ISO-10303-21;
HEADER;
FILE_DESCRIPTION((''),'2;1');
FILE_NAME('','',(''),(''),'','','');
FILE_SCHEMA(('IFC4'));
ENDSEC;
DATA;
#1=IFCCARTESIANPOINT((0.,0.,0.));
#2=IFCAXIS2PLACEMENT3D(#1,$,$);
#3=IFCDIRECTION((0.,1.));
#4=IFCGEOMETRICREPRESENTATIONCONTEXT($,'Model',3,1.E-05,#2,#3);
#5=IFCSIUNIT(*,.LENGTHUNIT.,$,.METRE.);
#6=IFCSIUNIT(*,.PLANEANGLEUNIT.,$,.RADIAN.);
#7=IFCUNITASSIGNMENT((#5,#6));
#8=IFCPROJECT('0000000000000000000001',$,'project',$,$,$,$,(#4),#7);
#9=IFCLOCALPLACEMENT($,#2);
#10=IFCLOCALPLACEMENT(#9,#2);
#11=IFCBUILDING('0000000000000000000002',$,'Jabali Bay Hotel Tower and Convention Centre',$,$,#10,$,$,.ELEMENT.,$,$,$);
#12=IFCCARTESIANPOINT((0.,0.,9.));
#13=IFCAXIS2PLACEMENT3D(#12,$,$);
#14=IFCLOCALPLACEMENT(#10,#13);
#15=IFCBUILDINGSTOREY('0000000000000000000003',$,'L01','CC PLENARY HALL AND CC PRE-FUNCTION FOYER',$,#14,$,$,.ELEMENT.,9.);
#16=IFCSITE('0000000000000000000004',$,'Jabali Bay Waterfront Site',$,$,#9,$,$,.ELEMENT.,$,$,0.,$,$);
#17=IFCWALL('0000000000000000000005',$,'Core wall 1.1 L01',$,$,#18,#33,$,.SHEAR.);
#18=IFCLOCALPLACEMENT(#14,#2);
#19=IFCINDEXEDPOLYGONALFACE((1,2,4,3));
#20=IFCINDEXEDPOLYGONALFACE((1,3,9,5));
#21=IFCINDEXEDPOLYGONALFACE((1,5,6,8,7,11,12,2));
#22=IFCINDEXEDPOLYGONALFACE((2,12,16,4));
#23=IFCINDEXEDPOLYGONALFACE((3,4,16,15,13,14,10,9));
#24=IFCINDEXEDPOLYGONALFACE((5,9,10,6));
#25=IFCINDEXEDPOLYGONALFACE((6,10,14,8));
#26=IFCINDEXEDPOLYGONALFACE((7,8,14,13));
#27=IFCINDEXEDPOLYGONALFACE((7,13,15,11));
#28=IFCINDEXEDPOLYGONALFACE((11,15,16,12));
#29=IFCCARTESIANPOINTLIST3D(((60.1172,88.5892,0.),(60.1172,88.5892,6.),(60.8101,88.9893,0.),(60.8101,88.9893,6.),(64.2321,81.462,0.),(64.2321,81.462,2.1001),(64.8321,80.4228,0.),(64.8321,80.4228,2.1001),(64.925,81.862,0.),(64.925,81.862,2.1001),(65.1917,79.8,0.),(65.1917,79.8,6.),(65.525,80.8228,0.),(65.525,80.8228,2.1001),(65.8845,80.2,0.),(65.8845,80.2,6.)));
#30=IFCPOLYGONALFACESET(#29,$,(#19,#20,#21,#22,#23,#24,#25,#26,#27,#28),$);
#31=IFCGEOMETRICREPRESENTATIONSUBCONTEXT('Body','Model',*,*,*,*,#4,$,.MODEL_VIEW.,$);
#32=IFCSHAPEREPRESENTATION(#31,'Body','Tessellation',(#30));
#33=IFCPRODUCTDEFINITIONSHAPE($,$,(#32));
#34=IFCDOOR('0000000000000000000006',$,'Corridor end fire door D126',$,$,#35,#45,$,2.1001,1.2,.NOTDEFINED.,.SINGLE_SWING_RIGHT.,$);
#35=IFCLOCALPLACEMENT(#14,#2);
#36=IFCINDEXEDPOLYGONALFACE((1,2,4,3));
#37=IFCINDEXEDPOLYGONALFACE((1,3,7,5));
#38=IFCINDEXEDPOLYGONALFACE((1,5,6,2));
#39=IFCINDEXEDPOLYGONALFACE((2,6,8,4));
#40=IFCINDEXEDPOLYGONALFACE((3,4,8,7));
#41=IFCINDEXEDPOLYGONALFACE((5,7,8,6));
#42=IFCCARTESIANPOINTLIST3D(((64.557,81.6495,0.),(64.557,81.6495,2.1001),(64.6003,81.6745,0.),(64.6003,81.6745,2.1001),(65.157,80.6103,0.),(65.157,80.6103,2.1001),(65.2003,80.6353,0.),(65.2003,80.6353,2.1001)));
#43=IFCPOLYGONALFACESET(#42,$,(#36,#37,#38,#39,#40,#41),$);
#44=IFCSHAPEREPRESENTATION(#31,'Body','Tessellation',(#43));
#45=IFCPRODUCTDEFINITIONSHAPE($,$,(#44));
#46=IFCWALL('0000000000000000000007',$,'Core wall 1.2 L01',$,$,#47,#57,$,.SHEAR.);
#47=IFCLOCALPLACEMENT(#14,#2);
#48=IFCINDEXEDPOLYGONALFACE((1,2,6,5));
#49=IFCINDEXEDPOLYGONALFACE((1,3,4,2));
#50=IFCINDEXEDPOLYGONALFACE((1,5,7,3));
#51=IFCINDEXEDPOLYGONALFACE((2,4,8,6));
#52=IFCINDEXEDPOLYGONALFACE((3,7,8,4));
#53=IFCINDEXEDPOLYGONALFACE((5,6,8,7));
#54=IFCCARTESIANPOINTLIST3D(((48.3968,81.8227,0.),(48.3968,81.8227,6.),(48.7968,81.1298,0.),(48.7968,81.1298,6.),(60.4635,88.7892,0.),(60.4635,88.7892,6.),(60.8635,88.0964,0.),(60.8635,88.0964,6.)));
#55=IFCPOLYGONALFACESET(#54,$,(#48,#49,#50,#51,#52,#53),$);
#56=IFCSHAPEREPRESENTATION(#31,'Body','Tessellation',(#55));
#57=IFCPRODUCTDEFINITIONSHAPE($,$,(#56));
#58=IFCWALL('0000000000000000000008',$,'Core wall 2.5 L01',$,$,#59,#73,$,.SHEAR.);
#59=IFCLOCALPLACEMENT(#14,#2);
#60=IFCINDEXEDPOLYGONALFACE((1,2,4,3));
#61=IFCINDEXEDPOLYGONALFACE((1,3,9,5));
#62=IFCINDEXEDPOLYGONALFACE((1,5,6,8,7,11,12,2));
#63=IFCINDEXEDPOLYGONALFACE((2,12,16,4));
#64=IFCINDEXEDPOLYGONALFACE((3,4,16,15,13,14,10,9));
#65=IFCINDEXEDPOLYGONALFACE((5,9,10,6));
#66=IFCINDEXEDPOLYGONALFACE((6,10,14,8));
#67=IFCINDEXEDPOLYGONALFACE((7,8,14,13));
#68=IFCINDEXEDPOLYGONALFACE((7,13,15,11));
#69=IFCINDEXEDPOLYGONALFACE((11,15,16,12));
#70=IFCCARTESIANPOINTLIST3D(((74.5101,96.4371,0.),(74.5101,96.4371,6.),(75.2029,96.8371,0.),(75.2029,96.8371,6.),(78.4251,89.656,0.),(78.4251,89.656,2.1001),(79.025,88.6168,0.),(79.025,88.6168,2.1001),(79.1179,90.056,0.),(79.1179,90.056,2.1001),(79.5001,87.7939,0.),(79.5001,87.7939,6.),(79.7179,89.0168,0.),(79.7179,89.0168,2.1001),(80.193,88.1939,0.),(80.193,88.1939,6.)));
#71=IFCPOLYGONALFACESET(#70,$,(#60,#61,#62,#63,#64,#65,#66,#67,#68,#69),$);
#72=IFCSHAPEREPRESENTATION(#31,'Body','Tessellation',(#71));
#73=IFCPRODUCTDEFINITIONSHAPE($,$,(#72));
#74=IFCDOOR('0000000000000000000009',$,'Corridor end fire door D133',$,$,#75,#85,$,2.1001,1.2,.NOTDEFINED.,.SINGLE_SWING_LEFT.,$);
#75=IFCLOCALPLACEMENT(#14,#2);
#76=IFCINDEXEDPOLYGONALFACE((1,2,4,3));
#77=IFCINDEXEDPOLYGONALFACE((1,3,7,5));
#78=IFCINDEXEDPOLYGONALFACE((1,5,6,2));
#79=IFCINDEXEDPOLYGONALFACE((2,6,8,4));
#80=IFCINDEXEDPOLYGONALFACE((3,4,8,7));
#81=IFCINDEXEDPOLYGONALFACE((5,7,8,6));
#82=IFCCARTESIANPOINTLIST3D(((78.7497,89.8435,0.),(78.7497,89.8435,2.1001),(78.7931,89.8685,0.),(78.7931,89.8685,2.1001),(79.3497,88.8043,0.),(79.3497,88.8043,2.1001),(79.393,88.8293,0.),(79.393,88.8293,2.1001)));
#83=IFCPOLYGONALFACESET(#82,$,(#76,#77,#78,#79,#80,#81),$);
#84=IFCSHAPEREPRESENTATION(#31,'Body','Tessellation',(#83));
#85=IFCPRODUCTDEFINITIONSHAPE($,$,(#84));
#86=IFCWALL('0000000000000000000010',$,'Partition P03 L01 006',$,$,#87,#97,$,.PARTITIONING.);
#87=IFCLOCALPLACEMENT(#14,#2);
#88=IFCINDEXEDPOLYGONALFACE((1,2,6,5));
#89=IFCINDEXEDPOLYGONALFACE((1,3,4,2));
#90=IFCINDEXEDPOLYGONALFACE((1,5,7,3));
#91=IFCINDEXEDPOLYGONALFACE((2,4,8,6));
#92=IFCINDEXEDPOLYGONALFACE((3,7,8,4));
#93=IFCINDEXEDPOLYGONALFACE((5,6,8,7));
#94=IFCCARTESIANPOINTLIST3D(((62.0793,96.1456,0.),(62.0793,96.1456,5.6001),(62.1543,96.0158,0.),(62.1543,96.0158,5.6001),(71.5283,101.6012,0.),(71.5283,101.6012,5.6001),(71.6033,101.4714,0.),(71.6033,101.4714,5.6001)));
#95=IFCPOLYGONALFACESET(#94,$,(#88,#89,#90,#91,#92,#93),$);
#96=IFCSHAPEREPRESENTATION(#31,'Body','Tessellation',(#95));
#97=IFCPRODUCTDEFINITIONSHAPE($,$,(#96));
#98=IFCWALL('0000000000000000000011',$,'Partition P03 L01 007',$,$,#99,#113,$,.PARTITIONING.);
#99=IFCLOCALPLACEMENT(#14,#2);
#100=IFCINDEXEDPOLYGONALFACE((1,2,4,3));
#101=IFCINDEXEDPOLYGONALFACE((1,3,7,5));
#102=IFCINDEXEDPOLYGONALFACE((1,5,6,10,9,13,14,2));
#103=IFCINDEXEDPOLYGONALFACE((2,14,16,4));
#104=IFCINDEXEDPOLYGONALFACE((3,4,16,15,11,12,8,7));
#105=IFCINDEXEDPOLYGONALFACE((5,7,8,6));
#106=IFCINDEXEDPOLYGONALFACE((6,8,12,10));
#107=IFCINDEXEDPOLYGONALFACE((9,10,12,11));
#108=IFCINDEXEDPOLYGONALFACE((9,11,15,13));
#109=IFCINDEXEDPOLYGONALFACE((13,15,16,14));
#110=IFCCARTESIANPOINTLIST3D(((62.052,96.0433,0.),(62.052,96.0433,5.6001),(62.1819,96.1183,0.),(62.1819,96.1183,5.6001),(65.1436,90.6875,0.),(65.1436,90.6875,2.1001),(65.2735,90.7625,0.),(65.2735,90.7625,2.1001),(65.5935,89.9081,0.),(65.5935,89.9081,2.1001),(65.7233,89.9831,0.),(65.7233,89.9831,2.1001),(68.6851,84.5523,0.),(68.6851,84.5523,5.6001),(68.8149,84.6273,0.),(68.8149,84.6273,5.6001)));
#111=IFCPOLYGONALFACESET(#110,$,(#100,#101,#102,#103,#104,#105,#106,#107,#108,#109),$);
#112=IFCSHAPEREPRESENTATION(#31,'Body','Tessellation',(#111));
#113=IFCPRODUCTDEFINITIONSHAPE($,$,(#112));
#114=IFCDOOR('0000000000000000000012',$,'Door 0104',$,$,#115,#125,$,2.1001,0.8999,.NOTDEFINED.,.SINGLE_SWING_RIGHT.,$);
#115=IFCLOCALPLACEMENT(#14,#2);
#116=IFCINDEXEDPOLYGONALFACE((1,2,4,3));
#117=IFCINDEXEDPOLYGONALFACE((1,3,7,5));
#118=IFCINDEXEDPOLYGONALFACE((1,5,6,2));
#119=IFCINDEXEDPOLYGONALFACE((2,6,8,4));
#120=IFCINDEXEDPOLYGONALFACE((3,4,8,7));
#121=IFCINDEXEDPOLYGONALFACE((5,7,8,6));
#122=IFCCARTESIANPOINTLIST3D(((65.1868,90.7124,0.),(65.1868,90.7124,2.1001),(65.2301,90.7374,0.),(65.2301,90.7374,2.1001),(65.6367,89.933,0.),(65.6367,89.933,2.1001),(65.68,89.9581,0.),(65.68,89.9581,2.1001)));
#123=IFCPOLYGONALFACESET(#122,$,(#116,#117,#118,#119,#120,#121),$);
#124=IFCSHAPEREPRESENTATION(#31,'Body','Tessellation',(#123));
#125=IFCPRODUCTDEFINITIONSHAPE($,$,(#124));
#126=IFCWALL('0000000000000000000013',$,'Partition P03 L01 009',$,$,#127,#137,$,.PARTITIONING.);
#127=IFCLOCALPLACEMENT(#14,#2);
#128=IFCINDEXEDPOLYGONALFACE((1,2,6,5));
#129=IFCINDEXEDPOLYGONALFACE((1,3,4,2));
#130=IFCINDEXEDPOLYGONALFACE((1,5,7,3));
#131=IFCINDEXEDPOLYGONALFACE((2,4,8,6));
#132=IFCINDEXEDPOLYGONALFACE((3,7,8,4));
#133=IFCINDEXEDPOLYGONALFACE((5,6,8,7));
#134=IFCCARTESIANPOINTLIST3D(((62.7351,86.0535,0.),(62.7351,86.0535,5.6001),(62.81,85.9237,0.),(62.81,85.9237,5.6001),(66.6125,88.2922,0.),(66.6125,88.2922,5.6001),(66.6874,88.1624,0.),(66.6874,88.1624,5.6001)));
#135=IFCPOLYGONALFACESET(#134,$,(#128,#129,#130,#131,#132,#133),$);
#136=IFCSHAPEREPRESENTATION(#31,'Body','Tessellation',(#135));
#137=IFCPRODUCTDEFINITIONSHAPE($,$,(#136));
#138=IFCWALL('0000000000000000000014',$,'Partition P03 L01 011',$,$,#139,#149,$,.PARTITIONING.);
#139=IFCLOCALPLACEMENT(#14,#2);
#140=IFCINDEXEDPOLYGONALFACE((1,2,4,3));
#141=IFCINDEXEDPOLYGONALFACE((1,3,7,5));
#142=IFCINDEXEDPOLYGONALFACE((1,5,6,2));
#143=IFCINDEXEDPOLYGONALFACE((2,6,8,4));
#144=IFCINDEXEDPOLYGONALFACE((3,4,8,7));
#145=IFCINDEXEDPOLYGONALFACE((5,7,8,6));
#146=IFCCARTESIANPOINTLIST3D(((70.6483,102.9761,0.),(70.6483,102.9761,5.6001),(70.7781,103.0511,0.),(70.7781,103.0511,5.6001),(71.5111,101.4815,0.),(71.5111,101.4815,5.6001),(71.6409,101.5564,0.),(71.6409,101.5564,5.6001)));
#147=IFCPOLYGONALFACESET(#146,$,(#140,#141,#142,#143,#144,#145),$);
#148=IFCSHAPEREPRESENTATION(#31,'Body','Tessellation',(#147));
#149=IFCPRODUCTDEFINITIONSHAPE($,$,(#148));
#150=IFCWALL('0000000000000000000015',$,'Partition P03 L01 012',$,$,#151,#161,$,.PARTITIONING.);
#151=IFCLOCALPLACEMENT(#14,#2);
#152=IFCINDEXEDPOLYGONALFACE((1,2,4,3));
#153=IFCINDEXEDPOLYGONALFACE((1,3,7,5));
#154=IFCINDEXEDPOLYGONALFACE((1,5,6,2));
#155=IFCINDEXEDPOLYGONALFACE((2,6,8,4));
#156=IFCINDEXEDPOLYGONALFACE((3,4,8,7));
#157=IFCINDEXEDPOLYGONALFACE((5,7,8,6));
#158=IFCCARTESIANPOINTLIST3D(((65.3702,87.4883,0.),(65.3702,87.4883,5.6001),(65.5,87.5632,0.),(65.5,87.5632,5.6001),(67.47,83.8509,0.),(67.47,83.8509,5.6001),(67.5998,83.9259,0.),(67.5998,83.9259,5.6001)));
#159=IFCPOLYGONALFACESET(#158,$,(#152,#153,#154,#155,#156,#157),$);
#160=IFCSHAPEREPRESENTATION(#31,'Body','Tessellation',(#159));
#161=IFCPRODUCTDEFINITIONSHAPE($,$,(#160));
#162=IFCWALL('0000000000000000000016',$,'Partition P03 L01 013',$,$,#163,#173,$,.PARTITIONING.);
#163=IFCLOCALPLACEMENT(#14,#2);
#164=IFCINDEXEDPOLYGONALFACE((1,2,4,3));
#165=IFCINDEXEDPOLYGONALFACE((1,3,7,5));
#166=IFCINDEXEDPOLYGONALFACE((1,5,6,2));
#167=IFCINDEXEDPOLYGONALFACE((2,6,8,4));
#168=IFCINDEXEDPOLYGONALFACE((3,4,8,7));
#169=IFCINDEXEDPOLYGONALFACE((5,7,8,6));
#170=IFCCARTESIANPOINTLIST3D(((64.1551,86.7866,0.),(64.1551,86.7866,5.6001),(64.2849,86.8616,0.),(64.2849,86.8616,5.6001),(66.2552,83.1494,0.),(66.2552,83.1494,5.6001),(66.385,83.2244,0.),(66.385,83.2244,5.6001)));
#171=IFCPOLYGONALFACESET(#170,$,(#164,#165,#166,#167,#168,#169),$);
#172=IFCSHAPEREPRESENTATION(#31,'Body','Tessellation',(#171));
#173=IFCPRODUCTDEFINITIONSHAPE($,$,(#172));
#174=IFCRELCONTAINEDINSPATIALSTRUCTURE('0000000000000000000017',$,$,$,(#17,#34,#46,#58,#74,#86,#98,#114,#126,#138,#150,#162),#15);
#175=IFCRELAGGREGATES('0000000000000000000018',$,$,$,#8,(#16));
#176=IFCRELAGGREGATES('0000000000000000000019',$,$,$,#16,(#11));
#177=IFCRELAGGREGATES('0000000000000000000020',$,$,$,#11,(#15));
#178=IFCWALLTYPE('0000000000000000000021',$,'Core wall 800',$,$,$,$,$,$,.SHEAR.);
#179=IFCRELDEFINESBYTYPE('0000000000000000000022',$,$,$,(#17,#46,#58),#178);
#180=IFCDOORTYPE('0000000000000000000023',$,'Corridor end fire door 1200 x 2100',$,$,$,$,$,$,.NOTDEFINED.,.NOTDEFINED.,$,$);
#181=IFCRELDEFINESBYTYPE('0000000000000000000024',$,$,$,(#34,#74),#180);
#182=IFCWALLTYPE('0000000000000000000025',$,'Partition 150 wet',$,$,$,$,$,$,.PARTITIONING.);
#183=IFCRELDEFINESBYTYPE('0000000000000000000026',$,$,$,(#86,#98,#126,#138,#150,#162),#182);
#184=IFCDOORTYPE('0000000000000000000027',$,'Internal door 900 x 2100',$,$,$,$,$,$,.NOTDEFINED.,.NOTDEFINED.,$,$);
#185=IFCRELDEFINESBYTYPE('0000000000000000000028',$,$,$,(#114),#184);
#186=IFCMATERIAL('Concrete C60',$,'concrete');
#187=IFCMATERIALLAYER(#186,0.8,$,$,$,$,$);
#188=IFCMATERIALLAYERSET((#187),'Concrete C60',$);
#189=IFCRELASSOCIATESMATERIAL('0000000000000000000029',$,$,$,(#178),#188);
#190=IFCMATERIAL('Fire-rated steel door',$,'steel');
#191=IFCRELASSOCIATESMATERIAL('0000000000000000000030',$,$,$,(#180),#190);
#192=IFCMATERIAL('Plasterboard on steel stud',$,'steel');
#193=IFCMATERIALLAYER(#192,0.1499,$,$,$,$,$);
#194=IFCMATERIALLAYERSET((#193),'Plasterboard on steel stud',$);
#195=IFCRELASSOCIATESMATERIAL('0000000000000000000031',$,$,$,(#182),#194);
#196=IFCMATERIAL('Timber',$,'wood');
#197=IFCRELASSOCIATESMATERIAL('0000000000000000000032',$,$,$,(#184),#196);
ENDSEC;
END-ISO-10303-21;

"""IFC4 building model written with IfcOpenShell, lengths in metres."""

from ifc_helpers import new_model, si_unit, direction, frame, frame_2d, origin, place, context, subcontext, project, spatial, rectangle, extrude, material, layer, layer_set, type_object, element, fill, save


model = new_model("IFC4")

# Units and contexts
model_context = context("Model", 3, precision=1e-05, world=origin(), true_north=direction((0.0, 1.0)))
body_context = subcontext(model_context, "Body", "Model", "MODEL_VIEW")
ifc_project = project(units=[si_unit("LENGTHUNIT", "METRE"), si_unit("PLANEANGLEUNIT", "RADIAN")], contexts=[model_context])

# Site, building, storey
site_placement = place(None, origin())
site = spatial("IfcSite", under=ifc_project, at=site_placement, Name="Jabali Bay Waterfront Site", CompositionType="ELEMENT", RefElevation=0.0)
building_placement = place(site_placement, origin())
building = spatial("IfcBuilding", under=site, at=building_placement, Name="Jabali Bay Hotel Tower and Convention Centre", CompositionType="ELEMENT")
storey_placement = place(building_placement, frame((0.0, 0.0, 9.0)))
storey = spatial("IfcBuildingStorey", under=building, at=storey_placement, Name="L01", Description="CC PLENARY HALL AND CC PRE-FUNCTION FOYER", CompositionType="ELEMENT", Elevation=9.0)

# Shared definitions
ifc_material_1 = material(Name="Concrete C60", Category="concrete")

# Shared definitions
ifc_material_2 = material(Name="Fire-rated steel door", Category="steel")

# Wall, opening, door
ifc_layer_1 = layer(ifc_material_1, 0.8)
ifc_layer_set_1 = layer_set([ifc_layer_1], Name="Concrete C60")
wall_type_1 = type_object("IfcWallType", Name="Core wall 800", PredefinedType="SHEAR", material=ifc_layer_set_1)
wall_1_placement = place(storey_placement, frame((65.5381, 80.0, 0.0), z_axis=(0.0, 0.0, 1.0), x_axis=(-0.499997, 0.866027, 0.0)))
wall_1 = element("IfcWall", 1, at=wall_1_placement, inside=storey, type_object=wall_type_1, Name="Core wall 1.1 L01", PredefinedType="SHEAR", context=body_context, shape_type="SweptSolid", body=[
    extrude(rectangle(XDim=10.1489, YDim=0.8, at=frame_2d((5.0745, 0.0))), origin(), (0.0, 0.0, 1.0), 6.0),
])
opening_1_placement = place(wall_1_placement, frame((0.719, 0.0, 0.0)))
opening_1 = element("IfcOpeningElement", 2, at=opening_1_placement, cuts=wall_1, PredefinedType="OPENING", context=body_context, shape_type="SweptSolid", body=[
    extrude(rectangle(XDim=1.2, YDim=2.1001, at=frame_2d((0.6001, 1.05))), frame((0.0, 0.4106, 0.0), z_axis=(0.0, -1.0, 0.0), x_axis=(1.0, 0.0, 0.0)), (0.0, 0.0, 1.0), 0.821),
])
door_type_1 = type_object("IfcDoorType", Name="Corridor end fire door 1200 x 2100", OperationType="NOTDEFINED", PredefinedType="NOTDEFINED", material=ifc_material_2)
door_1_placement = place(opening_1_placement, origin())
door_1 = element("IfcDoor", 3, at=door_1_placement, inside=storey, type_object=door_type_1, Name="Corridor end fire door D126", OperationType="SINGLE_SWING_RIGHT", OverallHeight=2.1001, OverallWidth=1.2, PredefinedType="NOTDEFINED", context=body_context, shape_type="SweptSolid", body=[
    extrude(rectangle(XDim=1.2, YDim=2.1001, at=frame_2d((0.6001, 1.05))), frame((0.0, 0.0249, 0.0), z_axis=(0.0, -1.0, 0.0), x_axis=(1.0, 0.0, 0.0)), (0.0, 0.0, 1.0), 0.05),
])
fill(opening_1, door_1)

# Wall
wall_2_placement = place(storey_placement, frame((60.6636, 88.4429, 0.0), z_axis=(0.0, 0.0, 1.0), x_axis=(-0.866029, -0.499993, 0.0)))
element("IfcWall", 4, at=wall_2_placement, inside=storey, type_object=wall_type_1, Name="Core wall 1.2 L01", PredefinedType="SHEAR", context=body_context, shape_type="SweptSolid", body=[
    extrude(rectangle(XDim=13.9333, YDim=0.8, at=frame_2d((6.9668, 0.0))), origin(), (0.0, 0.0, 1.0), 6.0),
])

# Wall, opening, door
wall_3_placement = place(storey_placement, frame((74.8564, 96.6372, 0.0), z_axis=(0.0, 0.0, 1.0), x_axis=(0.499994, -0.866029, 0.0)))
wall_3 = element("IfcWall", 5, at=wall_3_placement, inside=storey, type_object=wall_type_1, Name="Core wall 2.5 L01", PredefinedType="SHEAR", context=body_context, shape_type="SweptSolid", body=[
    extrude(rectangle(XDim=9.9802, YDim=0.8, at=frame_2d((4.9902, 0.0))), origin(), (0.0, 0.0, 1.0), 6.0),
])
opening_2_placement = place(wall_3_placement, frame((7.8301, 0.0, 0.0)))
opening_2 = element("IfcOpeningElement", 6, at=opening_2_placement, cuts=wall_3, PredefinedType="OPENING", context=body_context, shape_type="SweptSolid", body=[
    extrude(rectangle(XDim=1.2, YDim=2.1001, at=frame_2d((0.6001, 1.05))), frame((0.0, 0.4106, 0.0), z_axis=(0.0, -1.0, 0.0), x_axis=(1.0, 0.0, 0.0)), (0.0, 0.0, 1.0), 0.821),
])
door_2_placement = place(opening_2_placement, origin())
door_2 = element("IfcDoor", 7, at=door_2_placement, inside=storey, type_object=door_type_1, Name="Corridor end fire door D133", OperationType="SINGLE_SWING_LEFT", OverallHeight=2.1001, OverallWidth=1.2, PredefinedType="NOTDEFINED", context=body_context, shape_type="SweptSolid", body=[
    extrude(rectangle(XDim=1.2, YDim=2.1001, at=frame_2d((0.6001, 1.05))), frame((0.0, 0.0249, 0.0), z_axis=(0.0, -1.0, 0.0), x_axis=(1.0, 0.0, 0.0)), (0.0, 0.0, 1.0), 0.05),
])
fill(opening_2, door_2)

# Wall
ifc_material_3 = material(Name="Plasterboard on steel stud", Category="steel")
ifc_layer_2 = layer(ifc_material_3, 0.1499)
ifc_layer_set_2 = layer_set([ifc_layer_2], Name="Plasterboard on steel stud")
wall_type_2 = type_object("IfcWallType", Name="Partition 150 wet", PredefinedType="PARTITIONING", material=ifc_layer_set_2)
wall_4_placement = place(storey_placement, frame((71.5659, 101.5364, 0.0), z_axis=(0.0, 0.0, 1.0), x_axis=(-0.866018, -0.500014, 0.0)))
element("IfcWall", 8, at=wall_4_placement, inside=storey, type_object=wall_type_2, Name="Partition P03 L01 006", PredefinedType="PARTITIONING", context=body_context, shape_type="SweptSolid", body=[
    extrude(rectangle(XDim=10.9109, YDim=0.1499, at=frame_2d((5.4556, 0.0))), origin(), (0.0, 0.0, 1.0), 5.6001),
])

# Wall, opening, door
wall_5_placement = place(storey_placement, frame((62.1169, 96.0808, 0.0), z_axis=(0.0, 0.0, 1.0), x_axis=(0.499929, -0.866066, 0.0)))
wall_5 = element("IfcWall", 9, at=wall_5_placement, inside=storey, type_object=wall_type_2, Name="Partition P03 L01 007", PredefinedType="PARTITIONING", context=body_context, shape_type="SweptSolid", body=[
    extrude(rectangle(XDim=13.2681, YDim=0.1499, at=frame_2d((6.634, 0.0))), origin(), (0.0, 0.0, 1.0), 5.6001),
])
opening_3_placement = place(wall_5_placement, frame((6.1841, 0.0, 0.0)))
opening_3 = element("IfcOpeningElement", 10, at=opening_3_placement, cuts=wall_5, PredefinedType="OPENING", context=body_context, shape_type="SweptSolid", body=[
    extrude(rectangle(XDim=0.8999, YDim=2.1001, at=frame_2d((0.45, 1.05))), frame((0.0, 0.0854, 0.0), z_axis=(0.0, -1.0, 0.0), x_axis=(1.0, 0.0, 0.0)), (0.0, 0.0, 1.0), 0.1709),
])
ifc_material_4 = material(Name="Timber", Category="wood")
door_type_2 = type_object("IfcDoorType", Name="Internal door 900 x 2100", OperationType="NOTDEFINED", PredefinedType="NOTDEFINED", material=ifc_material_4)
door_3_placement = place(opening_3_placement, origin())
door_3 = element("IfcDoor", 11, at=door_3_placement, inside=storey, type_object=door_type_2, Name="Door 0104", OperationType="SINGLE_SWING_RIGHT", OverallHeight=2.1001, OverallWidth=0.8999, PredefinedType="NOTDEFINED", context=body_context, shape_type="SweptSolid", body=[
    extrude(rectangle(XDim=0.8999, YDim=2.1001, at=frame_2d((0.45, 1.05))), frame((0.0, 0.0249, 0.0), z_axis=(0.0, -1.0, 0.0), x_axis=(1.0, 0.0, 0.0)), (0.0, 0.0, 1.0), 0.05),
])
fill(opening_3, door_3)

# Walls
wall_6_placement = place(storey_placement, frame((62.7725, 85.9885, 0.0), z_axis=(0.0, 0.0, 1.0), x_axis=(0.866013, 0.500021, 0.0)))
element("IfcWall", 12, at=wall_6_placement, inside=storey, type_object=wall_type_2, Name="Partition P03 L01 009", PredefinedType="PARTITIONING", context=body_context, shape_type="SweptSolid", body=[
    extrude(rectangle(XDim=4.4773, YDim=0.1499, at=frame_2d((2.2388, 0.0))), origin(), (0.0, 0.0, 1.0), 5.6001),
])
wall_7_placement = place(storey_placement, frame((71.5759, 101.519, 0.0), z_axis=(0.0, 0.0, 1.0), x_axis=(-0.499943, 0.866058, 0.0)))
element("IfcWall", 13, at=wall_7_placement, inside=storey, type_object=wall_type_2, Name="Partition P03 L01 011", PredefinedType="PARTITIONING", context=body_context, shape_type="SweptSolid", body=[
    extrude(rectangle(XDim=1.7258, YDim=0.1499, at=frame_2d((0.8628, 0.0))), origin(), (0.0, 0.0, 1.0), 5.6001),
])
for number, where, z_axis, x_axis, name in (
    (14, (65.4351, 87.5259, 0.0), (0.0, 0.0, 1.0), (0.499959, -0.866049, 0.0), "Partition P03 L01 012"),
    (15, (64.22, 86.8242, 0.0), (0.0, 0.0, 1.0), (0.500028, -0.866009, 0.0), "Partition P03 L01 013"),
):
    element("IfcWall", number, at=place(storey_placement, frame(where, z_axis=z_axis, x_axis=x_axis)), inside=storey, type_object=wall_type_2, Name=name, PredefinedType="PARTITIONING", context=body_context, shape_type="SweptSolid", body=[
        extrude(rectangle(XDim=4.2, YDim=0.1499, at=frame_2d((2.1001, 0.0))), origin(), (0.0, 0.0, 1.0), 5.6001),
    ])

save(model, "model.ifc")
